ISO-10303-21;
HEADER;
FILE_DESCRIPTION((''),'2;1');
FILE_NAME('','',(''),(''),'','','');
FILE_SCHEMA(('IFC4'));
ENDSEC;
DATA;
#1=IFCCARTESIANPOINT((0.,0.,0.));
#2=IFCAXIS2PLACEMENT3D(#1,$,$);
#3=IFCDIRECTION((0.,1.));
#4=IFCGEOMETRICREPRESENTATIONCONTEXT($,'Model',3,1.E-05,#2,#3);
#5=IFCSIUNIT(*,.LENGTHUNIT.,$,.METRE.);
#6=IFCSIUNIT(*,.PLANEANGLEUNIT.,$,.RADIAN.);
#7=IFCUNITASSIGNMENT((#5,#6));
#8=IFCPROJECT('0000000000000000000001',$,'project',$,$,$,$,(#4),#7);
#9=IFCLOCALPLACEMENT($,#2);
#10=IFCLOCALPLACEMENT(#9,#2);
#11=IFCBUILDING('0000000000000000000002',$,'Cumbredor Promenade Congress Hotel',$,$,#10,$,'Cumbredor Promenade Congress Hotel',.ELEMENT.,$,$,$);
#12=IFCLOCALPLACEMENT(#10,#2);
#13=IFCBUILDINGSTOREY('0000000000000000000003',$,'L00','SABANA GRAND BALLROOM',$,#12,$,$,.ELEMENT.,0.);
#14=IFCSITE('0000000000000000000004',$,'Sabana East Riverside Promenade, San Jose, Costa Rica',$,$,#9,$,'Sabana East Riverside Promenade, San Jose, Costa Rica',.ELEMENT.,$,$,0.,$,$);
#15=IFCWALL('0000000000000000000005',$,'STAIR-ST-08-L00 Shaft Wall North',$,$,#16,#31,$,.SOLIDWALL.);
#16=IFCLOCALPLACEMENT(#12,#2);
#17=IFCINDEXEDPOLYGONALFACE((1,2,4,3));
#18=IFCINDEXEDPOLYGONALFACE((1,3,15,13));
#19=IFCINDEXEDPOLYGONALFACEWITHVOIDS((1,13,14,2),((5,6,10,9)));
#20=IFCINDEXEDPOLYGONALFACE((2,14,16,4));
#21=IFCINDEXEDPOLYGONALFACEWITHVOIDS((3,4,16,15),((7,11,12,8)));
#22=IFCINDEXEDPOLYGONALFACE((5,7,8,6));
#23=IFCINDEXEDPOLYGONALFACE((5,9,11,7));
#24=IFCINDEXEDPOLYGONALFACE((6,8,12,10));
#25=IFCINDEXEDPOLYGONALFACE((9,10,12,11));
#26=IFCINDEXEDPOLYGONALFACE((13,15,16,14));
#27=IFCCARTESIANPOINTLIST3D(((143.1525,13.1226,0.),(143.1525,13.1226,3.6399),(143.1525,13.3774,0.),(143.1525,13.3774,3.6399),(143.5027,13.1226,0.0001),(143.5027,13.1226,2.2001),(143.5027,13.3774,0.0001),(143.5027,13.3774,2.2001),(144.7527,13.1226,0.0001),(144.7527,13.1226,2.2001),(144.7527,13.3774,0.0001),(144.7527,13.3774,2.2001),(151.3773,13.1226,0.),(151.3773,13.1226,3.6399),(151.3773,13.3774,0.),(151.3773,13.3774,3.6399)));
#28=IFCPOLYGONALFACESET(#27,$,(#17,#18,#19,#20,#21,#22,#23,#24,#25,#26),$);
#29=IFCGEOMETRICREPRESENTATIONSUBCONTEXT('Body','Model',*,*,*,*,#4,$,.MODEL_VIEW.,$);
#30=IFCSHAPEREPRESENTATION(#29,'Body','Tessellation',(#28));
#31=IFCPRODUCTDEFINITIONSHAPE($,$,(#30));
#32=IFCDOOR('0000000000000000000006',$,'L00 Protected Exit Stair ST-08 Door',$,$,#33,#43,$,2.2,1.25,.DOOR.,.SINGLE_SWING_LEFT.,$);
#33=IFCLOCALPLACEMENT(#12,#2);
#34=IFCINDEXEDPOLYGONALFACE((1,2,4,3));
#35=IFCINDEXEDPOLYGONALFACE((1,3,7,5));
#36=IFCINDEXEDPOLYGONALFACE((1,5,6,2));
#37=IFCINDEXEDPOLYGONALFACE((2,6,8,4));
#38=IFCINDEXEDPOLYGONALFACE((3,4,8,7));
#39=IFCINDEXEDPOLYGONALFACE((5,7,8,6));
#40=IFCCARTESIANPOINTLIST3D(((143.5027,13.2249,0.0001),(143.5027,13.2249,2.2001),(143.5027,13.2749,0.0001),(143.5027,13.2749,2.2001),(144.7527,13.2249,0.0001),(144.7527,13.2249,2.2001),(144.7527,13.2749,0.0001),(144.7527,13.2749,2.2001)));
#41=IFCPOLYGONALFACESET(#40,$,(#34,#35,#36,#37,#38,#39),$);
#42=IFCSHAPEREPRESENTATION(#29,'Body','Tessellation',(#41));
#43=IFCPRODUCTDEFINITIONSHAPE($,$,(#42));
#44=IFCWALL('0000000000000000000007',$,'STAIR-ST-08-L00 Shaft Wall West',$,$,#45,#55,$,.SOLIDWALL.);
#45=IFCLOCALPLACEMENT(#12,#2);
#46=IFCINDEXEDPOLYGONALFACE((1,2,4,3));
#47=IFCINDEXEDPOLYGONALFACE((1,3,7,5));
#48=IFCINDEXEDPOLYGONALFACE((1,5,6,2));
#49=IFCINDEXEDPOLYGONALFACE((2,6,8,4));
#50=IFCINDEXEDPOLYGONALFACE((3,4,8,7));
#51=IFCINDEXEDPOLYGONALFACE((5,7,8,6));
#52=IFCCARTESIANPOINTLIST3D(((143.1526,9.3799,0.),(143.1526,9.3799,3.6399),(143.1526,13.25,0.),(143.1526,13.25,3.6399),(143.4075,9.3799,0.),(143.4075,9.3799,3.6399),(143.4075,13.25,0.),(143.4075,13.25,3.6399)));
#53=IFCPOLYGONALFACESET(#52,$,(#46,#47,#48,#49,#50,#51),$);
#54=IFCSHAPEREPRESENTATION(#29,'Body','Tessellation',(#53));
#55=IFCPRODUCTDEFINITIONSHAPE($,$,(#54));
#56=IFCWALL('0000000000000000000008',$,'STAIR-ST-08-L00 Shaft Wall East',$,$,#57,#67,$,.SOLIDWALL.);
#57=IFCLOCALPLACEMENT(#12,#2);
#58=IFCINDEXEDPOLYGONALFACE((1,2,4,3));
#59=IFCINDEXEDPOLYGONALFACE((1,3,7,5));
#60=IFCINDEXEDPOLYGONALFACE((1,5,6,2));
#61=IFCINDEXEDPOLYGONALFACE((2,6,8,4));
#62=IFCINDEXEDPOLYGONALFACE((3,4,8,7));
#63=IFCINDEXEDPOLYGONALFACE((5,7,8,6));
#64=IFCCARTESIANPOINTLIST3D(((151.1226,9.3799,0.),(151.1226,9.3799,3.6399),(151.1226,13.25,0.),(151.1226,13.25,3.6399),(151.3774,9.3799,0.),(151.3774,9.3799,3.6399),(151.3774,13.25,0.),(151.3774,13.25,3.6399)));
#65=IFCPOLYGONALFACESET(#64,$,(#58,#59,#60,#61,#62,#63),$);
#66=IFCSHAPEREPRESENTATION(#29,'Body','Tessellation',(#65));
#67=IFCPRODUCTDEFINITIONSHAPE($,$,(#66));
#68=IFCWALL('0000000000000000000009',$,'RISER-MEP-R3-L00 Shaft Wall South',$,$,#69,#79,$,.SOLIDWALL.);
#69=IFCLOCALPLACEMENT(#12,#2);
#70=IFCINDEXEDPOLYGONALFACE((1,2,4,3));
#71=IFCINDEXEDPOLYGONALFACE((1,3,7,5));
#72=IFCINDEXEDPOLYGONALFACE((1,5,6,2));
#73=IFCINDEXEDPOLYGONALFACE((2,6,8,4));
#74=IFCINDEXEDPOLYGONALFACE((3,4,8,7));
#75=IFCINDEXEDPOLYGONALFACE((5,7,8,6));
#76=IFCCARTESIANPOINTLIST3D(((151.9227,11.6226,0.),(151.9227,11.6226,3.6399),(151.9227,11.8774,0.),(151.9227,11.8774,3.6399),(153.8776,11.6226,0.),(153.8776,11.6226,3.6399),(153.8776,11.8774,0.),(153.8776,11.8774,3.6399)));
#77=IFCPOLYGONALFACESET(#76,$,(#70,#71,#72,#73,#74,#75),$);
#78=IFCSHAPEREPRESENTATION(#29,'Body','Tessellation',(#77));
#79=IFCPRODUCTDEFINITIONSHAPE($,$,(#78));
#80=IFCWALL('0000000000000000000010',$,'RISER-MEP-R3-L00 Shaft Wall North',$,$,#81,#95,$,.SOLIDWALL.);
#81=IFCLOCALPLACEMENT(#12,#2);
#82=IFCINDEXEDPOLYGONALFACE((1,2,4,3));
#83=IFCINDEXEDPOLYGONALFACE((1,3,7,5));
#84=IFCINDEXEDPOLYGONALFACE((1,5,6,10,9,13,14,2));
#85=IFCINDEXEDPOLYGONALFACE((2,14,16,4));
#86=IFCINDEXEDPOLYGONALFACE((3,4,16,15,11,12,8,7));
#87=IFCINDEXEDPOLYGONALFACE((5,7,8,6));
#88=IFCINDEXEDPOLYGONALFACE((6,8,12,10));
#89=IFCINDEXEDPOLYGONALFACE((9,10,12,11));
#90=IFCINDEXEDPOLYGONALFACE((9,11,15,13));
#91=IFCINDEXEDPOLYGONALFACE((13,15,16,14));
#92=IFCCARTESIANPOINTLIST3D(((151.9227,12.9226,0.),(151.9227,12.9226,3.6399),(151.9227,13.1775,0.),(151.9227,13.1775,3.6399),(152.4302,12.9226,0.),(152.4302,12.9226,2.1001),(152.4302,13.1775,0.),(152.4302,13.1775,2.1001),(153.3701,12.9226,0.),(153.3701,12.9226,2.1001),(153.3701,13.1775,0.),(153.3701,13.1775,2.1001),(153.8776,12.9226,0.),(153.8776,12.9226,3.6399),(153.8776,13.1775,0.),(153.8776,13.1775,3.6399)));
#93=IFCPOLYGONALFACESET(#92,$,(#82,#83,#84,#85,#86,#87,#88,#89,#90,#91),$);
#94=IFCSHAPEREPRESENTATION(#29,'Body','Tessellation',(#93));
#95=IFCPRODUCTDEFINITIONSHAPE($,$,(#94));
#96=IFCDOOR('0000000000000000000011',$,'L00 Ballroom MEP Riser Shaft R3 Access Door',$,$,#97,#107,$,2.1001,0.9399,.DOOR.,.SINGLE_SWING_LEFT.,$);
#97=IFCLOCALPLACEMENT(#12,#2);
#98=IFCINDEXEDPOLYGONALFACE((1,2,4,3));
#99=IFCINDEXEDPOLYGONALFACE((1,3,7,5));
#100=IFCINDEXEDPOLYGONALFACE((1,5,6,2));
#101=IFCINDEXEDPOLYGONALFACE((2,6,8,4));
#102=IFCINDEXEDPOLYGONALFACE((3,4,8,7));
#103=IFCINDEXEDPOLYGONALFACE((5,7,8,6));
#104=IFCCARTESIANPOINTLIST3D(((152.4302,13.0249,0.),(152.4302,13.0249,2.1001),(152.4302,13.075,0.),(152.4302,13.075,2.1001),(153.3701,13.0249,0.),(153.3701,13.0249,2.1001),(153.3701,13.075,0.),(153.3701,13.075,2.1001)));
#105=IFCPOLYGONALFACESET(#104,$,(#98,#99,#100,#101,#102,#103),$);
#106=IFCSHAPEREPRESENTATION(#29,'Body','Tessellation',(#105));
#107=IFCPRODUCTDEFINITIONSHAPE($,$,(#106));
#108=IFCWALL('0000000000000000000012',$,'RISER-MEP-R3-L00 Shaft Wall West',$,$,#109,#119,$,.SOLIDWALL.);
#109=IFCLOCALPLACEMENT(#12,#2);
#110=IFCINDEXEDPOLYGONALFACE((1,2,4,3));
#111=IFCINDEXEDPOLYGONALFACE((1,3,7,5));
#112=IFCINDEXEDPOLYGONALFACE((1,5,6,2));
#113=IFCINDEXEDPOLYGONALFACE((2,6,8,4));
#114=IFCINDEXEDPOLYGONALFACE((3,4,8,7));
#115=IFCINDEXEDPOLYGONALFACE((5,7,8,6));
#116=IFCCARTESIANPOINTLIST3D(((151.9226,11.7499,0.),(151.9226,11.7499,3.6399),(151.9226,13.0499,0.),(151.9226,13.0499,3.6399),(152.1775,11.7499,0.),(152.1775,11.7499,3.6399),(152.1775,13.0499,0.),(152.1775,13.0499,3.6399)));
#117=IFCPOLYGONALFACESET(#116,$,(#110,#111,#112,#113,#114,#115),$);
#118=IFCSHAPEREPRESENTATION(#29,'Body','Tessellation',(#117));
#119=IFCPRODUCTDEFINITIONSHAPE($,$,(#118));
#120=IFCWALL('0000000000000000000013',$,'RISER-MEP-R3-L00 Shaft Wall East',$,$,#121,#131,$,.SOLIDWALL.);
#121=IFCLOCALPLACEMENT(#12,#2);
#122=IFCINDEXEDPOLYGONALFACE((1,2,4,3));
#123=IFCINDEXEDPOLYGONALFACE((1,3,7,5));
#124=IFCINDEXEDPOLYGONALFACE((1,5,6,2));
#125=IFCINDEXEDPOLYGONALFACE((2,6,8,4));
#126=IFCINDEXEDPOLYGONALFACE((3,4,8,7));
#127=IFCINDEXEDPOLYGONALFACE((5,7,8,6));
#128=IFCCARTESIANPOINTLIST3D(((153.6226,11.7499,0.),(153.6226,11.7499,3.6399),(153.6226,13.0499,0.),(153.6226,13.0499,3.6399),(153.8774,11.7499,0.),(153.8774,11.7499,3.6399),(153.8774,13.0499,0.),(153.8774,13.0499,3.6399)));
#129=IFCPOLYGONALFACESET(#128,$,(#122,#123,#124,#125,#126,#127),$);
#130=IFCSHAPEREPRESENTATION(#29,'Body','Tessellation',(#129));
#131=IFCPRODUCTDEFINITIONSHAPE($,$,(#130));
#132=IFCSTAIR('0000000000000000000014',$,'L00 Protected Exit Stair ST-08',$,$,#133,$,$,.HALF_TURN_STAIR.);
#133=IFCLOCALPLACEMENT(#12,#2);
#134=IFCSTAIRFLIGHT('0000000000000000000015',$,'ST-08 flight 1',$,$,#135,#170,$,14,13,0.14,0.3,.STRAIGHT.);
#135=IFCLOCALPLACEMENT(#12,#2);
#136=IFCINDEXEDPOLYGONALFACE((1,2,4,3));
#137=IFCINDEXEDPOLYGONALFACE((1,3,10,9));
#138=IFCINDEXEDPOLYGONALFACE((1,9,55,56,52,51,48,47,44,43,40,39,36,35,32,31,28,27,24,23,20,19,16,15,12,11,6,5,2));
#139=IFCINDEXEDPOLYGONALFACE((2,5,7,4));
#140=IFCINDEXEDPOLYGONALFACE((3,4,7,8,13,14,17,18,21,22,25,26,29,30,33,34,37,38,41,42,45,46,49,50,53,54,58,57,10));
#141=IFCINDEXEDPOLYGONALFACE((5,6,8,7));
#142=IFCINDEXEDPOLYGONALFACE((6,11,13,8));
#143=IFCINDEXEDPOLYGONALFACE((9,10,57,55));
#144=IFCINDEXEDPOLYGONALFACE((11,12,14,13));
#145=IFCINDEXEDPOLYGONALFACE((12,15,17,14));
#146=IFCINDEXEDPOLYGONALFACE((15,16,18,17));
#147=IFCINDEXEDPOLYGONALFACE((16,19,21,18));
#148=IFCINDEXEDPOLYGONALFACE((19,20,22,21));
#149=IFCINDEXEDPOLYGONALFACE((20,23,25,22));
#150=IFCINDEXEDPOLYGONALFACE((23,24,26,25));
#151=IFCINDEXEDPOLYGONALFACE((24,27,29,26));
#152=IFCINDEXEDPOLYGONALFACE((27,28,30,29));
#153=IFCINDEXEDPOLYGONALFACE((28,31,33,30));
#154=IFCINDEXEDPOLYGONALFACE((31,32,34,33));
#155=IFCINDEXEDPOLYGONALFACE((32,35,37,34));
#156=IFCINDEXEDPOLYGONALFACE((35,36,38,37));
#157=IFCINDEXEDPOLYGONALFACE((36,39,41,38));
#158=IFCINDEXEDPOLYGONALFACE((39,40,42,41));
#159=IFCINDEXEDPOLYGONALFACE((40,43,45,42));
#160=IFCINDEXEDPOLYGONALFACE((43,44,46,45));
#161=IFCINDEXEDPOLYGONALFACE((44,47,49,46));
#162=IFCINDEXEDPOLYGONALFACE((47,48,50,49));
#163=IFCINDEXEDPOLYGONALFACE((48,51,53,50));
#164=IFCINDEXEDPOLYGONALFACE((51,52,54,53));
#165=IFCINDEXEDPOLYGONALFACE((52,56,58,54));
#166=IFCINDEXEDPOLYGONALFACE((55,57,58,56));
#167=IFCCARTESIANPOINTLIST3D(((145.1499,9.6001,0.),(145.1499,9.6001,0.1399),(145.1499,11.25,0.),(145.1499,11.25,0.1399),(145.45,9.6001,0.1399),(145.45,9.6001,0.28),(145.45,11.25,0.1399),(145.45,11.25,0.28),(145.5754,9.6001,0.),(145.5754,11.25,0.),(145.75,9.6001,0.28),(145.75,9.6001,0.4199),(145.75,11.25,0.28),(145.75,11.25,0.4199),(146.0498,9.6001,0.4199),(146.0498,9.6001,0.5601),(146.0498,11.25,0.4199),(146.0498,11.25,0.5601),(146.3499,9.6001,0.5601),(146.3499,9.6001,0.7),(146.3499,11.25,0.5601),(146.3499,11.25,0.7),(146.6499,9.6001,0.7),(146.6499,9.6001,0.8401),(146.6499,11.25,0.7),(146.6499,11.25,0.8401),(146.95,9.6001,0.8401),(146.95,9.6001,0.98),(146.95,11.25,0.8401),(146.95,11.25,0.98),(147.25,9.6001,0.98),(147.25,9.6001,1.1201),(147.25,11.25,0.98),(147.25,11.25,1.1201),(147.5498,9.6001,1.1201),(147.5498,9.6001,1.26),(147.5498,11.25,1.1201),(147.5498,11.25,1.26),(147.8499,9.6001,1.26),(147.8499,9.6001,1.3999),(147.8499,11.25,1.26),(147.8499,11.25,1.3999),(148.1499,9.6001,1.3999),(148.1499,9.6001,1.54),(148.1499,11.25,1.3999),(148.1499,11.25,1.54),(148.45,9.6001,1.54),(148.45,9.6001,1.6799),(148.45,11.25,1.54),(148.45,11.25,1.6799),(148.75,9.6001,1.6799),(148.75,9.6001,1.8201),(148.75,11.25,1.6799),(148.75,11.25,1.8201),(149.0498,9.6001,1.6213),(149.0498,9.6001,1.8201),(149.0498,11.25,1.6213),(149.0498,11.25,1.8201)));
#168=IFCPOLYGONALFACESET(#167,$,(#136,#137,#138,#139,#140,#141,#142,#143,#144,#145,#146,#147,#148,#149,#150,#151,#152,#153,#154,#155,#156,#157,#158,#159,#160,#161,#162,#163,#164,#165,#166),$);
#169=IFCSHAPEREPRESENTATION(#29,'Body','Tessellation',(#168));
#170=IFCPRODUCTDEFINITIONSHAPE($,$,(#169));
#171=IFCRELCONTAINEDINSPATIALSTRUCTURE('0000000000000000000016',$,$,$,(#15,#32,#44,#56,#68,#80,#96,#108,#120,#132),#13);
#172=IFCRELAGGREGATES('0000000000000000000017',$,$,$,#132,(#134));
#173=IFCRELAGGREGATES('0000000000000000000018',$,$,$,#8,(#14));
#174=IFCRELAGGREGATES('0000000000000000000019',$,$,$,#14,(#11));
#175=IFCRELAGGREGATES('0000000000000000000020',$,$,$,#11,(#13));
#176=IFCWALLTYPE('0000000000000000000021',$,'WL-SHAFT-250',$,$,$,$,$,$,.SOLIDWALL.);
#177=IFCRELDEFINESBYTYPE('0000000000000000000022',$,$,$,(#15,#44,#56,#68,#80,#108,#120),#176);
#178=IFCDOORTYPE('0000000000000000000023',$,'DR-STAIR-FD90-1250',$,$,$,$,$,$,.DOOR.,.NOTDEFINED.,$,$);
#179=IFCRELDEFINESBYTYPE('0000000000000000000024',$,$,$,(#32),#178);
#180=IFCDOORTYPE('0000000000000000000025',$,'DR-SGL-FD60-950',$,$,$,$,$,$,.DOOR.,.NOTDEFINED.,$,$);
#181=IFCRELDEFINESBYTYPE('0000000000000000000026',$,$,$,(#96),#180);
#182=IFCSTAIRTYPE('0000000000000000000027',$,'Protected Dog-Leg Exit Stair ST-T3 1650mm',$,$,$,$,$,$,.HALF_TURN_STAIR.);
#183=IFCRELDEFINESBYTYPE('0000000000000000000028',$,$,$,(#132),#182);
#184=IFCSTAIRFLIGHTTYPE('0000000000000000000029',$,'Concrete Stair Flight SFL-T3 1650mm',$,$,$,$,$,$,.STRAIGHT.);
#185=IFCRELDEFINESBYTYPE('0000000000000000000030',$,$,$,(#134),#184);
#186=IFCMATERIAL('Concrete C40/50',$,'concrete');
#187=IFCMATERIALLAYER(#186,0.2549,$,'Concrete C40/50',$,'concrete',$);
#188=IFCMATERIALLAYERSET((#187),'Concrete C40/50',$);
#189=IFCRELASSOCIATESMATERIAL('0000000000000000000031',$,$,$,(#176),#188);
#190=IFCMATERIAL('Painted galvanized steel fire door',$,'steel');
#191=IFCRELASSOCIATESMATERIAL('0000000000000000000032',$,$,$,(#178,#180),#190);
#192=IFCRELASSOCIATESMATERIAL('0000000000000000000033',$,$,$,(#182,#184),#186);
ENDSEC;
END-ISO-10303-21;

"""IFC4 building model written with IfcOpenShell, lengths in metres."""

from ifc_helpers import new_model, si_unit, direction, frame, frame_2d, origin, place, context, subcontext, project, spatial, polyline, rectangle, outline, extrude, material, layer, layer_set, type_object, element, fill, aggregate, save


model = new_model("IFC4")

# Units and contexts
model_context = context("Model", 3, precision=1e-05, world=origin(), true_north=direction((0.0, 1.0)))
body_context = subcontext(model_context, "Body", "Model", "MODEL_VIEW")
ifc_project = project(units=[si_unit("LENGTHUNIT", "METRE"), si_unit("PLANEANGLEUNIT", "RADIAN")], contexts=[model_context])

# Site, building, storey
site_placement = place(None, origin())
site = spatial("IfcSite", under=ifc_project, at=site_placement, Name="Sabana East Riverside Promenade, San Jose, Costa Rica", LongName="Sabana East Riverside Promenade, San Jose, Costa Rica", CompositionType="ELEMENT", RefElevation=0.0)
building_placement = place(site_placement, origin())
building = spatial("IfcBuilding", under=site, at=building_placement, Name="Cumbredor Promenade Congress Hotel", LongName="Cumbredor Promenade Congress Hotel", CompositionType="ELEMENT")
storey_placement = place(building_placement, origin())
storey = spatial("IfcBuildingStorey", under=building, at=storey_placement, Name="L00", Description="SABANA GRAND BALLROOM", CompositionType="ELEMENT", Elevation=0.0)

# Shared definitions
ifc_material_1 = material(Name="Concrete C40/50", Category="concrete")

# Shared definitions
ifc_layer_1 = layer(ifc_material_1, 0.2549, Name="Concrete C40/50", Category="concrete")
ifc_layer_set_1 = layer_set([ifc_layer_1], Name="Concrete C40/50")
wall_type_1 = type_object("IfcWallType", Name="WL-SHAFT-250", PredefinedType="SOLIDWALL", material=ifc_layer_set_1)

# Wall, opening, door
wall_1_placement = place(storey_placement, frame((143.1526, 13.25, 0.0), z_axis=(0.0, 0.0, 1.0), x_axis=(1.0, 0.0, 0.0)))
wall_1 = element("IfcWall", 1, at=wall_1_placement, inside=storey, type_object=wall_type_1, Name="STAIR-ST-08-L00 Shaft Wall North", PredefinedType="SOLIDWALL", context=body_context, shape_type="SweptSolid", body=[
    extrude(rectangle(XDim=8.2249, YDim=0.2549, at=frame_2d((4.1123, 0.0))), origin(), (0.0, 0.0, 1.0), 3.6399),
])
opening_1_placement = place(wall_1_placement, frame((0.3501, 0.0, 0.0)))
opening_1 = element("IfcOpeningElement", 2, at=opening_1_placement, cuts=wall_1, PredefinedType="OPENING", context=body_context, shape_type="SweptSolid", body=[
    extrude(rectangle(XDim=1.25, YDim=2.2, at=frame_2d((0.625, 1.1001))), frame((0.0, 0.1375, 0.0), z_axis=(0.0, -1.0, 0.0), x_axis=(1.0, 0.0, 0.0)), (0.0, 0.0, 1.0), 0.2749),
])
ifc_material_2 = material(Name="Painted galvanized steel fire door", Category="steel")
door_type_1 = type_object("IfcDoorType", Name="DR-STAIR-FD90-1250", OperationType="NOTDEFINED", PredefinedType="DOOR", material=ifc_material_2)
door_1_placement = place(opening_1_placement, origin())
door_1 = element("IfcDoor", 3, at=door_1_placement, inside=storey, type_object=door_type_1, Name="L00 Protected Exit Stair ST-08 Door", OperationType="SINGLE_SWING_LEFT", OverallHeight=2.2, OverallWidth=1.25, PredefinedType="DOOR", context=body_context, shape_type="SweptSolid", body=[
    extrude(rectangle(XDim=1.25, YDim=2.2, at=frame_2d((0.625, 1.1001))), frame((0.0, 0.0249, 0.0), z_axis=(0.0, -1.0, 0.0), x_axis=(1.0, 0.0, 0.0)), (0.0, 0.0, 1.0), 0.05),
])
fill(opening_1, door_1)

# Walls
for number, where, z_axis, x_axis, name in (
    (4, (143.28, 9.3799, 0.0), (0.0, 0.0, 1.0), (0.0, 1.0, 0.0), "STAIR-ST-08-L00 Shaft Wall West"),
    (5, (151.25, 9.3799, 0.0), (0.0, 0.0, 1.0), (0.0, 1.0, 0.0), "STAIR-ST-08-L00 Shaft Wall East"),
):
    element("IfcWall", number, at=place(storey_placement, frame(where, z_axis=z_axis, x_axis=x_axis)), inside=storey, type_object=wall_type_1, Name=name, PredefinedType="SOLIDWALL", context=body_context, shape_type="SweptSolid", body=[
        extrude(rectangle(XDim=3.8701, YDim=0.2549, at=frame_2d((1.9351, 0.0))), origin(), (0.0, 0.0, 1.0), 3.6399),
    ])
wall_2_placement = place(storey_placement, frame((151.9226, 11.75, 0.0), z_axis=(0.0, 0.0, 1.0), x_axis=(1.0, 0.0, 0.0)))
element("IfcWall", 6, at=wall_2_placement, inside=storey, type_object=wall_type_1, Name="RISER-MEP-R3-L00 Shaft Wall South", PredefinedType="SOLIDWALL", context=body_context, shape_type="SweptSolid", body=[
    extrude(rectangle(XDim=1.9548, YDim=0.2549, at=frame_2d((0.9775, 0.0))), origin(), (0.0, 0.0, 1.0), 3.6399),
])

# Wall, opening, door
wall_3_placement = place(storey_placement, frame((151.9226, 13.05, 0.0), z_axis=(0.0, 0.0, 1.0), x_axis=(1.0, 0.0, 0.0)))
wall_3 = element("IfcWall", 7, at=wall_3_placement, inside=storey, type_object=wall_type_1, Name="RISER-MEP-R3-L00 Shaft Wall North", PredefinedType="SOLIDWALL", context=body_context, shape_type="SweptSolid", body=[
    extrude(rectangle(XDim=1.9548, YDim=0.2549, at=frame_2d((0.9775, 0.0))), origin(), (0.0, 0.0, 1.0), 3.6399),
])
opening_2_placement = place(wall_3_placement, frame((0.5076, 0.0, 0.0)))
opening_2 = element("IfcOpeningElement", 8, at=opening_2_placement, cuts=wall_3, PredefinedType="OPENING", context=body_context, shape_type="SweptSolid", body=[
    extrude(rectangle(XDim=0.9399, YDim=2.1001, at=frame_2d((0.47, 1.05))), frame((0.0, 0.1375, 0.0), z_axis=(0.0, -1.0, 0.0), x_axis=(1.0, 0.0, 0.0)), (0.0, 0.0, 1.0), 0.2749),
])
door_type_2 = type_object("IfcDoorType", Name="DR-SGL-FD60-950", OperationType="NOTDEFINED", PredefinedType="DOOR", material=ifc_material_2)
door_2_placement = place(opening_2_placement, origin())
door_2 = element("IfcDoor", 9, at=door_2_placement, inside=storey, type_object=door_type_2, Name="L00 Ballroom MEP Riser Shaft R3 Access Door", OperationType="SINGLE_SWING_LEFT", OverallHeight=2.1001, OverallWidth=0.9399, PredefinedType="DOOR", context=body_context, shape_type="SweptSolid", body=[
    extrude(rectangle(XDim=0.9399, YDim=2.1001, at=frame_2d((0.47, 1.05))), frame((0.0, 0.0249, 0.0), z_axis=(0.0, -1.0, 0.0), x_axis=(1.0, 0.0, 0.0)), (0.0, 0.0, 1.0), 0.05),
])
fill(opening_2, door_2)

# Walls
for number, where, z_axis, x_axis, name in (
    (10, (152.05, 11.75, 0.0), (0.0, 0.0, 1.0), (0.0, 1.0, 0.0), "RISER-MEP-R3-L00 Shaft Wall West"),
    (11, (153.75, 11.75, 0.0), (0.0, 0.0, 1.0), (0.0, 1.0, 0.0), "RISER-MEP-R3-L00 Shaft Wall East"),
):
    element("IfcWall", number, at=place(storey_placement, frame(where, z_axis=z_axis, x_axis=x_axis)), inside=storey, type_object=wall_type_1, Name=name, PredefinedType="SOLIDWALL", context=body_context, shape_type="SweptSolid", body=[
        extrude(rectangle(XDim=1.3, YDim=0.2549, at=frame_2d((0.6499, 0.0))), origin(), (0.0, 0.0, 1.0), 3.6399),
    ])

# Stair, stair flight
stair_type = type_object("IfcStairType", Name="Protected Dog-Leg Exit Stair ST-T3 1650mm", PredefinedType="HALF_TURN_STAIR", material=ifc_material_1)
stair_placement = place(storey_placement, origin())
stair = element("IfcStair", 12, at=stair_placement, inside=storey, type_object=stair_type, Name="L00 Protected Exit Stair ST-08", PredefinedType="HALF_TURN_STAIR")
stair_flight_type = type_object("IfcStairFlightType", Name="Concrete Stair Flight SFL-T3 1650mm", PredefinedType="STRAIGHT", material=ifc_material_1)
stair_flight_placement = place(storey_placement, frame((145.1499, 10.425, 0.0), z_axis=(0.0, 0.0, 1.0), x_axis=(1.0, 0.0, 0.0)))
stair_flight = element("IfcStairFlight", 13, at=stair_flight_placement, type_object=stair_flight_type, Name="ST-08 flight 1", NumberOfRisers=14, NumberOfTreads=13, PredefinedType="STRAIGHT", RiserHeight=0.14, TreadLength=0.3, context=body_context, shape_type="SweptSolid", body=[
    extrude(outline(polyline([(0.0, 0.0), (0.0, 0.1399), (0.3, 0.1399), (0.3, 0.28), (0.6001, 0.28), (0.6001, 0.4199), (0.8999, 0.4199), (0.8999, 0.5601), (1.2, 0.5601), (1.2, 0.7), (1.5, 0.7), (1.5, 0.8401), (1.8, 0.8401), (1.8, 0.98), (2.1001, 0.98), (2.1001, 1.1201), (2.3999, 1.1201), (2.3999, 1.26), (2.7, 1.26), (2.7, 1.3999), (3.0, 1.3999), (3.0, 1.54), (3.3, 1.54), (3.3, 1.6799), (3.6001, 1.6799), (3.6001, 1.8201), (3.8999, 1.8201), (3.8999, 1.96), (3.8999, 1.6213), (0.4255, 0.0), (0.0, 0.0)])), frame((0.0, 0.825, 0.0), z_axis=(0.0, -1.0, 0.0), x_axis=(1.0, 0.0, 0.0)), (0.0, 0.0, 1.0), 1.6499),
])
aggregate(stair, [stair_flight])

save(model, "model.ifc")
